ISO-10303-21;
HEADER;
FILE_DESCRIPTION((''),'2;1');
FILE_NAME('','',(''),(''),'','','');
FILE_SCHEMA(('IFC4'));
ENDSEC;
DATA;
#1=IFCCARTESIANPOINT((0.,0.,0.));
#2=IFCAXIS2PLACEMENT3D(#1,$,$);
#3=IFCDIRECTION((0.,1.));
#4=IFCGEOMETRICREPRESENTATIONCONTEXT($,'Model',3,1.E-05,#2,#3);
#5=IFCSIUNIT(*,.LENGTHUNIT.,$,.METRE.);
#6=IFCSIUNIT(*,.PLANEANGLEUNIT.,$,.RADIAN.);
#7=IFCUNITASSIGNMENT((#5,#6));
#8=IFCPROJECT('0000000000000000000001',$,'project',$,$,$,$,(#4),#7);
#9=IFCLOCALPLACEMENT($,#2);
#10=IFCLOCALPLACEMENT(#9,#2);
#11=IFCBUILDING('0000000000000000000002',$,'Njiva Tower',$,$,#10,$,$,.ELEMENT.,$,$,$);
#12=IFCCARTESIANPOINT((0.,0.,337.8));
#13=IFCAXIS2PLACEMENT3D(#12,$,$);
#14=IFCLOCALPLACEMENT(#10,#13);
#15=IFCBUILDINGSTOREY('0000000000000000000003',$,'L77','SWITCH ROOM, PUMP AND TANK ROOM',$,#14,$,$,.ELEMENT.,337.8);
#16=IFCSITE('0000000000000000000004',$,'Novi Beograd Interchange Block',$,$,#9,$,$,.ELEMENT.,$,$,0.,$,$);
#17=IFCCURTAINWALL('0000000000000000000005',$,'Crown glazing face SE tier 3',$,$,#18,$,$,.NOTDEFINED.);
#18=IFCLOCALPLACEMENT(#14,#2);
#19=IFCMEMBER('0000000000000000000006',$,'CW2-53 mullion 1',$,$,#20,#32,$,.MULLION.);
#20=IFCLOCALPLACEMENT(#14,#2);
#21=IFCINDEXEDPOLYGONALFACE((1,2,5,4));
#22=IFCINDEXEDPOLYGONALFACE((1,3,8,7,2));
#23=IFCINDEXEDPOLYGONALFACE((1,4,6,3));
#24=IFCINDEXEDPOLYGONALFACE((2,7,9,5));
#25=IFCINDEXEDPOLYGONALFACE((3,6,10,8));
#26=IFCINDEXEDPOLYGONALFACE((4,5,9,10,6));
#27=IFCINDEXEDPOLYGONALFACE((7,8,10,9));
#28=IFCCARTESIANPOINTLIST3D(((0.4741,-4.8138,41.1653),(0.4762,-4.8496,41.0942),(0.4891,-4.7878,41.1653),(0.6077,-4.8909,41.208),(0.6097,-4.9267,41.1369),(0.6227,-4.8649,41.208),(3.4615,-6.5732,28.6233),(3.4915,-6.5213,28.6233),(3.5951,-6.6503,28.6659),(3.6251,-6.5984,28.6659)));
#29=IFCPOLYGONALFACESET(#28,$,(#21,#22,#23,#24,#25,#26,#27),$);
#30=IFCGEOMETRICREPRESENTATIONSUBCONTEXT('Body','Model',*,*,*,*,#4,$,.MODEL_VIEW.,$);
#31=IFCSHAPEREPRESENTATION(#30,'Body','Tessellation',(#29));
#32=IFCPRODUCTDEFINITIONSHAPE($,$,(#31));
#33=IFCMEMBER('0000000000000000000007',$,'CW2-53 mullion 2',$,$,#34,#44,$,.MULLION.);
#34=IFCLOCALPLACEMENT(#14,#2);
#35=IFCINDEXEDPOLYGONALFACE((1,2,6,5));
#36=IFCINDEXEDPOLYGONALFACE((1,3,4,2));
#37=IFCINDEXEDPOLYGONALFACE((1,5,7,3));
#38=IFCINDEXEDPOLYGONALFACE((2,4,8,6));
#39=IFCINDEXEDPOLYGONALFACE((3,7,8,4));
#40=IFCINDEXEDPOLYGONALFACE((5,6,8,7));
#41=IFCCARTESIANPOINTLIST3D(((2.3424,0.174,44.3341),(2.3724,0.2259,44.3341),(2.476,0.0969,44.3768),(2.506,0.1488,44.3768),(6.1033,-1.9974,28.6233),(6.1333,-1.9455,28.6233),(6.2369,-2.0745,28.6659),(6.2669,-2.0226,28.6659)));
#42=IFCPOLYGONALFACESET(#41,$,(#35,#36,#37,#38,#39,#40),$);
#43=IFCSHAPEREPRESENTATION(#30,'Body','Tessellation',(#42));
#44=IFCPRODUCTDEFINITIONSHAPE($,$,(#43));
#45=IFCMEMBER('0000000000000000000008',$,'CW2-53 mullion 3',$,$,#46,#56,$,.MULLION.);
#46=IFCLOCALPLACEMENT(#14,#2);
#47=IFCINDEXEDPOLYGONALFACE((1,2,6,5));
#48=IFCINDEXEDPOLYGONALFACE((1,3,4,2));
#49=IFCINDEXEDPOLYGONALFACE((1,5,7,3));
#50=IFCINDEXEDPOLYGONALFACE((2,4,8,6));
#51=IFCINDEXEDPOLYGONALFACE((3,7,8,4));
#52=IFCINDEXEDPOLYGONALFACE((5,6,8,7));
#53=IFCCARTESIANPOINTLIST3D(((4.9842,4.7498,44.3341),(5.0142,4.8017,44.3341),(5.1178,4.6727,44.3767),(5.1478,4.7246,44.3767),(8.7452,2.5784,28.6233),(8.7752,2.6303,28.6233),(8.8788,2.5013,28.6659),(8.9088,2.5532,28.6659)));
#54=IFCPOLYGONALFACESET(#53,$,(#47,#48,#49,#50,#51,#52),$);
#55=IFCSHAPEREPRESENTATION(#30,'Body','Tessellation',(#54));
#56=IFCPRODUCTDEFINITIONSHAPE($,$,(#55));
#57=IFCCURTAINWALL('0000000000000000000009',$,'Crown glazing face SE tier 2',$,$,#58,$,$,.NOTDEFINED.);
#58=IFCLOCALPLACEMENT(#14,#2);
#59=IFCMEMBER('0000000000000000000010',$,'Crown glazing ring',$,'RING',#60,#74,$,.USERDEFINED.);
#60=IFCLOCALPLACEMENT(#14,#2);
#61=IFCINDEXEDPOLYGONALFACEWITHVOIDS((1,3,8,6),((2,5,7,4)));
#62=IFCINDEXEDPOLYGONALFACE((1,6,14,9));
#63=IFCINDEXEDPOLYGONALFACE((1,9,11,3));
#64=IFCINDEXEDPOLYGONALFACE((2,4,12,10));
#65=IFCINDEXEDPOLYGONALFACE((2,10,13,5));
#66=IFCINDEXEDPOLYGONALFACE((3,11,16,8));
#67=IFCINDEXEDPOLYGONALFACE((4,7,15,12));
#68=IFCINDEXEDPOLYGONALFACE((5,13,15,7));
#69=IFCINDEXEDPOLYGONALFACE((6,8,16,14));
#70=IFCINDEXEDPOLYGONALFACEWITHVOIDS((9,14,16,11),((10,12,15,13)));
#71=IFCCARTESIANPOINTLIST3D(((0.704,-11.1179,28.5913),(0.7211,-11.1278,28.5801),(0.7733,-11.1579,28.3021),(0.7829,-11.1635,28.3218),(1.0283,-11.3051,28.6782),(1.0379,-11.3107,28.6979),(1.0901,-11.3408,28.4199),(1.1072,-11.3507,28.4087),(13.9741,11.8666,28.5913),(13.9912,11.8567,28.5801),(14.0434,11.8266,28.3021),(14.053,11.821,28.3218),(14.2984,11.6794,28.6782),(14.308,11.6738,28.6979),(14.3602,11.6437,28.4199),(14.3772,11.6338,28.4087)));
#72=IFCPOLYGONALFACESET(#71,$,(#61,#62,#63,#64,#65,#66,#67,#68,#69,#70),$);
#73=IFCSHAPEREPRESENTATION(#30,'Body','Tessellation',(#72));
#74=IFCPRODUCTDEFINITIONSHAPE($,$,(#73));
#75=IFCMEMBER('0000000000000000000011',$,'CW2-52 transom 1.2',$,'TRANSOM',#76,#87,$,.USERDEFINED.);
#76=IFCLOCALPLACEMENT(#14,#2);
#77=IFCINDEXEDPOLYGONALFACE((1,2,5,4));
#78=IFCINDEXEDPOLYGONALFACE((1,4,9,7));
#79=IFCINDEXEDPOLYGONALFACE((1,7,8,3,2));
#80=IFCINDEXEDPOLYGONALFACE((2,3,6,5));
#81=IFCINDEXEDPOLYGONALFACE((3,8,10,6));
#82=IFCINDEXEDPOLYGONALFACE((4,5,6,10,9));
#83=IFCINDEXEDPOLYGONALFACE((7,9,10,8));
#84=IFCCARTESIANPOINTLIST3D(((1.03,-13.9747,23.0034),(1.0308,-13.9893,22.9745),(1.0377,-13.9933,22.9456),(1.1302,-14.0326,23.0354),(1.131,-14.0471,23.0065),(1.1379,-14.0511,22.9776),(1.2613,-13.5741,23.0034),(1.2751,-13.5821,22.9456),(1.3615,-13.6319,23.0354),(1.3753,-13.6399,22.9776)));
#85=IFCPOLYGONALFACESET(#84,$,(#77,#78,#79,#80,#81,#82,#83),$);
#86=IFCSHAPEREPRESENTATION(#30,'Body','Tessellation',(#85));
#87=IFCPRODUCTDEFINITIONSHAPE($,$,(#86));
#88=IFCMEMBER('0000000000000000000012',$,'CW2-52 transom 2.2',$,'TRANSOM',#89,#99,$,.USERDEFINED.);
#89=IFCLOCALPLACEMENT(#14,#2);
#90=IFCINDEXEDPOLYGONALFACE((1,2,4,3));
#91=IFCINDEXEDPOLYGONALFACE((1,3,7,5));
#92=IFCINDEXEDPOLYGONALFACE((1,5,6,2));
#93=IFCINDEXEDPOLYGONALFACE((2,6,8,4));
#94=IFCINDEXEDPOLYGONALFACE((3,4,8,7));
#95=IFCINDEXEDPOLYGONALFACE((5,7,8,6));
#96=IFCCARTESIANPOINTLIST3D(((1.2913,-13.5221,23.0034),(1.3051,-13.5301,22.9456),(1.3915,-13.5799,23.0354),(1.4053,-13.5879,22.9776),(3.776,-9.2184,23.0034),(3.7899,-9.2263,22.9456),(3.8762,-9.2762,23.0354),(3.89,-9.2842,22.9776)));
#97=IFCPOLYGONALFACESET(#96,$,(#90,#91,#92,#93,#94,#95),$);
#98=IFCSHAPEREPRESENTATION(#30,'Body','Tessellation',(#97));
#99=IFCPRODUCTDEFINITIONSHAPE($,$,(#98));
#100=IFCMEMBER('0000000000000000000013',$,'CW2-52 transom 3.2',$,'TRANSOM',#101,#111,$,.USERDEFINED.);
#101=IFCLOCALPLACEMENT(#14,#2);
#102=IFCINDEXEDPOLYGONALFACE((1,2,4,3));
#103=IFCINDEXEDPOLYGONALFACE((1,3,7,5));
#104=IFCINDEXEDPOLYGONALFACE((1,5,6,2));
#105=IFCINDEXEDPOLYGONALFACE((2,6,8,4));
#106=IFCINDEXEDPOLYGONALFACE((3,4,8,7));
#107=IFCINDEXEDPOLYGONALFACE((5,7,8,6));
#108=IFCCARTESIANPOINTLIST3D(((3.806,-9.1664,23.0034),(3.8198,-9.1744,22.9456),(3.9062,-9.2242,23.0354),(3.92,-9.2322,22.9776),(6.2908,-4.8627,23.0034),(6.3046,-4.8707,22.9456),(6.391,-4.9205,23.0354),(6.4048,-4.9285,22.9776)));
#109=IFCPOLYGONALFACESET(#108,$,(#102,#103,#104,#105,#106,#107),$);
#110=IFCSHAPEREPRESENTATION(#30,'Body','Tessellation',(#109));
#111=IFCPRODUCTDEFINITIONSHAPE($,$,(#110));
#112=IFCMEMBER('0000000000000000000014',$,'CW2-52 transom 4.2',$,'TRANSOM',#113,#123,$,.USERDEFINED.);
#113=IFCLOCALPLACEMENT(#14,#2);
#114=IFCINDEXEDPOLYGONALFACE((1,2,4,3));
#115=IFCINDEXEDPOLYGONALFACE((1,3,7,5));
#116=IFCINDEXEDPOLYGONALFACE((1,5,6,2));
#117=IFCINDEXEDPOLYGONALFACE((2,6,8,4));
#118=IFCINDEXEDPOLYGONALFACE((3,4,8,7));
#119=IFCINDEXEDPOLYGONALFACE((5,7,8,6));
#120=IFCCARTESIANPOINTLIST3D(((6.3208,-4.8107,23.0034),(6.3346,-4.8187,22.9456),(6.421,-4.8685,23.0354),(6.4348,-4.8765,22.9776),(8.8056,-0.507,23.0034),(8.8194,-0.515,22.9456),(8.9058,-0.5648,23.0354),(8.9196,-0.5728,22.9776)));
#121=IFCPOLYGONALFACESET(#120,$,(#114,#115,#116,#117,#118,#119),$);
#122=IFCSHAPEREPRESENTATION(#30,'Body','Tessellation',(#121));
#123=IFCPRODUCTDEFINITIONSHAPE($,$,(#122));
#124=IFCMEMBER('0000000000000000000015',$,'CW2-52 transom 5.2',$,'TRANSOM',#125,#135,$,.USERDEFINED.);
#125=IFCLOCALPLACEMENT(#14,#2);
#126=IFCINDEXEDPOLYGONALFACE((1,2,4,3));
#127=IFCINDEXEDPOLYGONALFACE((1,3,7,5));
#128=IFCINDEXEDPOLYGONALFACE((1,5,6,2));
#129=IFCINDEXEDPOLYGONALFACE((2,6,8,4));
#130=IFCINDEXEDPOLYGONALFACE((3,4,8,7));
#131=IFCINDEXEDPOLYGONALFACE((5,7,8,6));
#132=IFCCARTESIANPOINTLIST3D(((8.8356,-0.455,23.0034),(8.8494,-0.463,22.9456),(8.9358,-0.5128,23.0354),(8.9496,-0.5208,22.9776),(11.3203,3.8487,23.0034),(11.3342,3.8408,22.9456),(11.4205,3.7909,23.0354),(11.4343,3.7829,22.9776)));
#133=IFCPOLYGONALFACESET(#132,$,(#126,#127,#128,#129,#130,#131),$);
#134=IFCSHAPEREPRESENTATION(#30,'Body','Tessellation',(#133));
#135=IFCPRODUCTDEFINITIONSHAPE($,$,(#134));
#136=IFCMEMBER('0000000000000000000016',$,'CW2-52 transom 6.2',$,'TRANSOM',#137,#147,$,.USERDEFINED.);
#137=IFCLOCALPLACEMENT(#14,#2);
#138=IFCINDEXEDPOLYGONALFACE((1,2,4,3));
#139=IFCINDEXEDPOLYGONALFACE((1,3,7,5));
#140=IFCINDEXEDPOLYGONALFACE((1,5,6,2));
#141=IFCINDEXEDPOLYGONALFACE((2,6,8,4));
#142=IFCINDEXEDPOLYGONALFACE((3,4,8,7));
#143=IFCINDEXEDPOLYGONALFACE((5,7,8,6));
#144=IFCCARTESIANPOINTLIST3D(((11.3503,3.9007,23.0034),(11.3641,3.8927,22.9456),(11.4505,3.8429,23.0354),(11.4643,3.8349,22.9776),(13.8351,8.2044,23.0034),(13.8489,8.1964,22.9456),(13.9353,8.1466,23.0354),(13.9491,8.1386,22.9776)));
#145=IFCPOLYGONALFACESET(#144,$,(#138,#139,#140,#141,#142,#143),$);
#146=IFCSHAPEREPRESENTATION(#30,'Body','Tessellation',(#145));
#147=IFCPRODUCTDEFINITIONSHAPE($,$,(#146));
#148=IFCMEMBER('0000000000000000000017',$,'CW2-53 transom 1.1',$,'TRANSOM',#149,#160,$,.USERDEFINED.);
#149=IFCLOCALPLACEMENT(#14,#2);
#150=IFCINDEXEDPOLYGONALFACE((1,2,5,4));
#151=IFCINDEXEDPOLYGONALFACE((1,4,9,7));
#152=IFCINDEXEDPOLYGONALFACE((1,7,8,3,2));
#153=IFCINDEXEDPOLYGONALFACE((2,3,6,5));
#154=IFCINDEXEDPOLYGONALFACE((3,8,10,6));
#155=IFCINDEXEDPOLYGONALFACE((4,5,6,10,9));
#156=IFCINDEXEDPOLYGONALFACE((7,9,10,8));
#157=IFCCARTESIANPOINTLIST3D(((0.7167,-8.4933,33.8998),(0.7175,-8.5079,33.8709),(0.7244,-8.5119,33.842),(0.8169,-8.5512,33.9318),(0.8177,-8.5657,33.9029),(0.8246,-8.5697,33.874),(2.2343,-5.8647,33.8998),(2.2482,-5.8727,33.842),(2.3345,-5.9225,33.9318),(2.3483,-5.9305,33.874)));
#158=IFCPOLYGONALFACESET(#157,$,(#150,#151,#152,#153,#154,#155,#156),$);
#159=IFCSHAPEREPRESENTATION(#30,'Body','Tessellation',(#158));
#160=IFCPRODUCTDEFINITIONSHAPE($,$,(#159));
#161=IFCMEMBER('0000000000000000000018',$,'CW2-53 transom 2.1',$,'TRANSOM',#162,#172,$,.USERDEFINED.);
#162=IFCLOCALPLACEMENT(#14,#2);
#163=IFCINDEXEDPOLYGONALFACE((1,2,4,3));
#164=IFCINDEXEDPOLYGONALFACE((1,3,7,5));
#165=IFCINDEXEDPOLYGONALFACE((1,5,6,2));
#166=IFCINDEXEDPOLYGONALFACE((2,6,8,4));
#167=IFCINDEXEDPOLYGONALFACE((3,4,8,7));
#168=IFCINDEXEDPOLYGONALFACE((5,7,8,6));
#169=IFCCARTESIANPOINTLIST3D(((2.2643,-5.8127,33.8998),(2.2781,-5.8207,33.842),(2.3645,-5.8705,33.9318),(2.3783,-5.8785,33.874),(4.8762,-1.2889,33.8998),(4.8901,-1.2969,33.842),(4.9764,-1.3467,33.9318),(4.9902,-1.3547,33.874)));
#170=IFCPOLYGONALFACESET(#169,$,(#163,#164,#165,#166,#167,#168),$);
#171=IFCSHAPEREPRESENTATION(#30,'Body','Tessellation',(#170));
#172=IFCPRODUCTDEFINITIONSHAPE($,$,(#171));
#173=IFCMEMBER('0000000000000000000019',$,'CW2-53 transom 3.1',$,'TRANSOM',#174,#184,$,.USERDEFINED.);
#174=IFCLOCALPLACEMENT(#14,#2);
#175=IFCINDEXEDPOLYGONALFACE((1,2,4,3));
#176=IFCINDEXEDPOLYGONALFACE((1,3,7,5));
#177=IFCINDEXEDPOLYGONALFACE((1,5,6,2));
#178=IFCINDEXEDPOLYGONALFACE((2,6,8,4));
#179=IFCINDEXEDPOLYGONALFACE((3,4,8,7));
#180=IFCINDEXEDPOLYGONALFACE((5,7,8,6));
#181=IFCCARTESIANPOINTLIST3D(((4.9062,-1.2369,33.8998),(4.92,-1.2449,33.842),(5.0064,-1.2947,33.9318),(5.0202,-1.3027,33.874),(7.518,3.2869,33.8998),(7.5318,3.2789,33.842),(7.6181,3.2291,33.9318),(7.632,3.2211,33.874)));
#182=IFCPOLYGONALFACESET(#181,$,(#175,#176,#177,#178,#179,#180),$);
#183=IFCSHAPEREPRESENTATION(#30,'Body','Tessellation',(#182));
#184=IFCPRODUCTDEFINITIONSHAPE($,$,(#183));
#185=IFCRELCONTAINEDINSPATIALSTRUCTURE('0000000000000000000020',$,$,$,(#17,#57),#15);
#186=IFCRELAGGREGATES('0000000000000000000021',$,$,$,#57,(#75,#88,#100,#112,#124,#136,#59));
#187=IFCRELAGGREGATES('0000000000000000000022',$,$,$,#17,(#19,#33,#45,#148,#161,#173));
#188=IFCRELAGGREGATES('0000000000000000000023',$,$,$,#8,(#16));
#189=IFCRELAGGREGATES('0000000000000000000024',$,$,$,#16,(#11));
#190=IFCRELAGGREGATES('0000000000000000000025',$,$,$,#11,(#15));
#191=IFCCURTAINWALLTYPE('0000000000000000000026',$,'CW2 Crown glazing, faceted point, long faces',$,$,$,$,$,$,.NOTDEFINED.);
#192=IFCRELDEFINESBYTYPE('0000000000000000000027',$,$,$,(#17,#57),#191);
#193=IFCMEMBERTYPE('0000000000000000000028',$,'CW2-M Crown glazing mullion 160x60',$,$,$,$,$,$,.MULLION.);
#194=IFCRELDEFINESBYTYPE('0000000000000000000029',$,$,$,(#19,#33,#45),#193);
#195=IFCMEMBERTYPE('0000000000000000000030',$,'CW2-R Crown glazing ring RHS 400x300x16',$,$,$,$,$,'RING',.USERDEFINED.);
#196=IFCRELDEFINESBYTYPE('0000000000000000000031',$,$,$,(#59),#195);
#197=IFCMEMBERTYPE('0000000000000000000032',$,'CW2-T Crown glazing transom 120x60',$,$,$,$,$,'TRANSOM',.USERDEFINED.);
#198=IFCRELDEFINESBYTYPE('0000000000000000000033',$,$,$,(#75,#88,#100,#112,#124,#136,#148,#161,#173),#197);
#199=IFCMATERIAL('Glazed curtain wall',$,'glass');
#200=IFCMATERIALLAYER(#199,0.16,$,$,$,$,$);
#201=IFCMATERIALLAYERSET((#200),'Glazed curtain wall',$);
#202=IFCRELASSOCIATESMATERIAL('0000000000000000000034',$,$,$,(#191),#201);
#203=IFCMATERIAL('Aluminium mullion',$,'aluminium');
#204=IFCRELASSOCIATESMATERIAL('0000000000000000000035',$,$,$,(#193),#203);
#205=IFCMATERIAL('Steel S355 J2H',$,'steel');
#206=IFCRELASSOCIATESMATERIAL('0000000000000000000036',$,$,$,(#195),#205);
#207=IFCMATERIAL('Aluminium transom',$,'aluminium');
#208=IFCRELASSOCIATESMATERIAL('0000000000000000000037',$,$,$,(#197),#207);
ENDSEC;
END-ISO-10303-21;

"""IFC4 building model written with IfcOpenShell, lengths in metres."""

from ifc_helpers import new_model, si_unit, direction, frame, origin, origin_2d, place, context, subcontext, project, spatial, rectangle, hollow_rectangle, extrude, clip, halfspace, material, layer, layer_set, material_profile, profile_set, type_object, element, aggregate, save


model = new_model("IFC4")

# Units and contexts
model_context = context("Model", 3, precision=1e-05, world=origin(), true_north=direction((0.0, 1.0)))
body_context = subcontext(model_context, "Body", "Model", "MODEL_VIEW")
ifc_project = project(units=[si_unit("LENGTHUNIT", "METRE"), si_unit("PLANEANGLEUNIT", "RADIAN")], contexts=[model_context])

# Site, building, storey
site_placement = place(None, origin())
site = spatial("IfcSite", under=ifc_project, at=site_placement, Name="Novi Beograd Interchange Block", CompositionType="ELEMENT", RefElevation=0.0)
building_placement = place(site_placement, origin())
building = spatial("IfcBuilding", under=site, at=building_placement, Name="Njiva Tower", CompositionType="ELEMENT")
storey_placement = place(building_placement, frame((0.0, 0.0, 337.8)))
storey = spatial("IfcBuildingStorey", under=building, at=storey_placement, Name="L77", Description="SWITCH ROOM, PUMP AND TANK ROOM", CompositionType="ELEMENT", Elevation=337.8)

# Curtain walls, members
ifc_material_1 = material(Name="Glazed curtain wall", Category="glass")
ifc_layer_1 = layer(ifc_material_1, 0.16)
ifc_layer_set_1 = layer_set([ifc_layer_1], Name="Glazed curtain wall")
curtain_wall_type_1 = type_object("IfcCurtainWallType", Name="CW2 Crown glazing, faceted point, long faces", PredefinedType="NOTDEFINED", material=ifc_layer_set_1)
curtain_wall_1_placement = place(storey_placement, origin())
curtain_wall_1 = element("IfcCurtainWall", 1, at=curtain_wall_1_placement, inside=storey, type_object=curtain_wall_type_1, Name="Crown glazing face SE tier 3", PredefinedType="NOTDEFINED")
ifc_material_2 = material(Name="Aluminium mullion", Category="aluminium")
ifc_material_profile_1 = material_profile(ifc_material_2, rectangle(XDim=0.16, YDim=0.06, at=origin_2d()), Name="RECT 160x60")
ifc_profile_set_1 = profile_set([ifc_material_profile_1], Name="Aluminium mullion")
member_type_1 = type_object("IfcMemberType", Name="CW2-M Crown glazing mullion 160x60", PredefinedType="MULLION", material=ifc_profile_set_1)
member_1_placement = place(storey_placement, frame((3.5433, -6.5858, 28.6446), z_axis=(-0.230733, 0.133219, 0.963854), x_axis=(0.834715, -0.48194, 0.26643)))
member_1 = element("IfcMember", 2, at=member_1_placement, type_object=member_type_1, Name="CW2-53 mullion 1", PredefinedType="MULLION", context=body_context, shape_type="Clipping", body=[
    clip(clip(extrude(rectangle(XDim=0.16, YDim=0.06, at=origin_2d()), origin(), (0.0, 0.0, 1.0), 13.0124), halfspace(frame((0.08, 0.0, 0.0), z_axis=(-0.000002, 0.000004, -1.0), x_axis=(0.0, -1.0, -0.000004)), False)), halfspace(frame((0.08, 0.0, 13.0125), z_axis=(0.000015, -0.926534, 0.376211), x_axis=(0.0, 0.376211, 0.926534)), False)),
])
member_2_placement = place(storey_placement, frame((6.1851, -2.01, 28.6446), z_axis=(-0.230731, 0.133215, 0.963855), x_axis=(0.834719, -0.481935, 0.266426)))
member_2 = element("IfcMember", 3, at=member_2_placement, type_object=member_type_1, Name="CW2-53 mullion 2", PredefinedType="MULLION", context=body_context, shape_type="Clipping", body=[
    clip(clip(extrude(rectangle(XDim=0.16, YDim=0.06, at=origin_2d()), origin(), (0.0, 0.0, 1.0), 16.3), halfspace(frame((0.08, 0.0, 0.0), z_axis=(0.000002, 0.000002, -1.0), x_axis=(0.0, -1.0, -0.000002)), False)), halfspace(frame((0.08, 0.0, 16.3), z_axis=(-0.000002, -0.000002, 1.0), x_axis=(0.0, 1.0, 0.000002)), False)),
])
member_3_placement = place(storey_placement, frame((8.827, 2.5658, 28.6446), z_axis=(-0.230736, 0.133215, 0.963854), x_axis=(0.834723, -0.481925, 0.266431)))
member_3 = element("IfcMember", 4, at=member_3_placement, type_object=member_type_1, Name="CW2-53 mullion 3", PredefinedType="MULLION", context=body_context, shape_type="Clipping", body=[
    clip(clip(extrude(rectangle(XDim=0.16, YDim=0.06, at=origin_2d()), origin(), (0.0, 0.0, 1.0), 16.3), halfspace(frame((0.08, 0.0, 0.0), z_axis=(-0.000003, -0.000001, -1.0), x_axis=(0.0, -1.0, 0.000001)), False)), halfspace(frame((0.08, 0.0, 16.3), z_axis=(0.000003, 0.000001, 1.0), x_axis=(0.0, 1.0, -0.000001)), False)),
])
curtain_wall_2_placement = place(storey_placement, origin())
curtain_wall_2 = element("IfcCurtainWall", 5, at=curtain_wall_2_placement, inside=storey, type_object=curtain_wall_type_1, Name="Crown glazing face SE tier 2", PredefinedType="NOTDEFINED")
ifc_material_3 = material(Name="Steel S355 J2H", Category="steel")
ifc_material_profile_2 = material_profile(ifc_material_3, hollow_rectangle(XDim=0.3, YDim=0.4, WallThickness=0.016, at=origin_2d()), Name="BOX 400x300x16")
ifc_profile_set_2 = profile_set([ifc_material_profile_2], Name="Steel S355 J2H")
member_type_2 = type_object("IfcMemberType", Name="CW2-R Crown glazing ring RHS 400x300x16", ElementType="RING", PredefinedType="USERDEFINED", material=ifc_profile_set_2)
member_4_placement = place(storey_placement, frame((0.9056, -11.2343, 28.5), z_axis=(0.5, 0.866026, 0.0), x_axis=(-0.230734, 0.133214, 0.963855)))
member_4 = element("IfcMember", 6, at=member_4_placement, type_object=member_type_2, Name="Crown glazing ring", ObjectType="RING", PredefinedType="USERDEFINED", context=body_context, shape_type="SweptSolid", body=[
    extrude(hollow_rectangle(XDim=0.3, YDim=0.4, WallThickness=0.016, at=origin_2d()), origin(), (0.0, 0.0, 1.0), 26.5402),
])
ifc_material_4 = material(Name="Aluminium transom", Category="aluminium")
ifc_material_profile_3 = material_profile(ifc_material_4, rectangle(XDim=0.12, YDim=0.06, at=origin_2d()), Name="RECT 120x60")
ifc_profile_set_3 = profile_set([ifc_material_profile_3], Name="Aluminium transom")
member_type_3 = type_object("IfcMemberType", Name="CW2-T Crown glazing transom 120x60", ElementType="TRANSOM", PredefinedType="USERDEFINED", material=ifc_profile_set_3)
member_5_placement = place(storey_placement, frame((1.0809, -14.0182, 22.9905), z_axis=(0.49999, 0.866031, 0.0), x_axis=(0.834728, -0.481918, 0.266428)))
member_5 = element("IfcMember", 7, at=member_5_placement, type_object=member_type_3, Name="CW2-52 transom 1.2", ObjectType="TRANSOM", PredefinedType="USERDEFINED", context=body_context, shape_type="Clipping", body=[
    clip(extrude(rectangle(XDim=0.12, YDim=0.06, at=origin_2d()), origin(), (0.0, 0.0, 1.0), 0.4748), halfspace(frame((0.06, 0.0, 0.0), z_axis=(-0.00001, -0.376218, -0.926531), x_axis=(0.0, -0.926531, 0.376218)), False)),
])
member_6_placement = place(storey_placement, frame((1.3483, -13.555, 22.9905), z_axis=(0.499994, 0.866029, 0.0), x_axis=(0.834726, -0.481921, 0.266428)))
member_6 = element("IfcMember", 8, at=member_6_placement, type_object=member_type_3, Name="CW2-52 transom 2.2", ObjectType="TRANSOM", PredefinedType="USERDEFINED", context=body_context, shape_type="SweptSolid", body=[
    extrude(rectangle(XDim=0.12, YDim=0.06, at=origin_2d()), origin(), (0.0, 0.0, 1.0), 4.9695),
])
member_7_placement = place(storey_placement, frame((3.863, -9.1993, 22.9905), z_axis=(0.500009, 0.86602, 0.0), x_axis=(0.834718, -0.481936, 0.266428)))
member_7 = element("IfcMember", 9, at=member_7_placement, type_object=member_type_3, Name="CW2-52 transom 3.2", ObjectType="TRANSOM", PredefinedType="USERDEFINED", context=body_context, shape_type="SweptSolid", body=[
    extrude(rectangle(XDim=0.12, YDim=0.06, at=origin_2d()), origin(), (0.0, 0.0, 1.0), 4.9695),
])
member_8_placement = place(storey_placement, frame((6.3778, -4.8436, 22.9905), z_axis=(0.500009, 0.86602, 0.0), x_axis=(0.834718, -0.481936, 0.266428)))
member_8 = element("IfcMember", 10, at=member_8_placement, type_object=member_type_3, Name="CW2-52 transom 4.2", ObjectType="TRANSOM", PredefinedType="USERDEFINED", context=body_context, shape_type="SweptSolid", body=[
    extrude(rectangle(XDim=0.12, YDim=0.06, at=origin_2d()), origin(), (0.0, 0.0, 1.0), 4.9695),
])
member_9_placement = place(storey_placement, frame((8.8926, -0.4879, 22.9905), z_axis=(0.499994, 0.866029, 0.0), x_axis=(0.834726, -0.481921, 0.266428)))
member_9 = element("IfcMember", 11, at=member_9_placement, type_object=member_type_3, Name="CW2-52 transom 5.2", ObjectType="TRANSOM", PredefinedType="USERDEFINED", context=body_context, shape_type="SweptSolid", body=[
    extrude(rectangle(XDim=0.12, YDim=0.06, at=origin_2d()), origin(), (0.0, 0.0, 1.0), 4.9695),
])
member_10_placement = place(storey_placement, frame((11.4073, 3.8678, 22.9905), z_axis=(0.500009, 0.86602, 0.0), x_axis=(0.834718, -0.481936, 0.266428)))
member_10 = element("IfcMember", 12, at=member_10_placement, type_object=member_type_3, Name="CW2-52 transom 6.2", ObjectType="TRANSOM", PredefinedType="USERDEFINED", context=body_context, shape_type="SweptSolid", body=[
    extrude(rectangle(XDim=0.12, YDim=0.06, at=origin_2d()), origin(), (0.0, 0.0, 1.0), 4.9695),
])

# Members
member_11_placement = place(storey_placement, frame((0.7676, -8.5368, 33.8869), z_axis=(0.499989, 0.866031, 0.0), x_axis=(0.834729, -0.481917, 0.266428)))
member_11 = element("IfcMember", 13, at=member_11_placement, type_object=member_type_3, Name="CW2-53 transom 1.1", ObjectType="TRANSOM", PredefinedType="USERDEFINED", context=body_context, shape_type="Clipping", body=[
    clip(extrude(rectangle(XDim=0.12, YDim=0.06, at=origin_2d()), origin(), (0.0, 0.0, 1.0), 3.0475), halfspace(frame((0.06, 0.0, 0.0), z_axis=(-0.000011, -0.376218, -0.926531), x_axis=(0.0, -0.926531, 0.376218)), False)),
])
member_12_placement = place(storey_placement, frame((2.3213, -5.8456, 33.8869), z_axis=(0.500012, 0.866019, 0.0), x_axis=(0.834716, -0.481939, 0.266428)))
member_12 = element("IfcMember", 14, at=member_12_placement, type_object=member_type_3, Name="CW2-53 transom 2.1", ObjectType="TRANSOM", PredefinedType="USERDEFINED", context=body_context, shape_type="SweptSolid", body=[
    extrude(rectangle(XDim=0.12, YDim=0.06, at=origin_2d()), origin(), (0.0, 0.0, 1.0), 5.2237),
])
member_13_placement = place(storey_placement, frame((4.9632, -1.2698, 33.8869), z_axis=(0.499998, 0.866027, 0.0), x_axis=(0.834724, -0.481925, 0.266428)))
member_13 = element("IfcMember", 15, at=member_13_placement, type_object=member_type_3, Name="CW2-53 transom 3.1", ObjectType="TRANSOM", PredefinedType="USERDEFINED", context=body_context, shape_type="SweptSolid", body=[
    extrude(rectangle(XDim=0.12, YDim=0.06, at=origin_2d()), origin(), (0.0, 0.0, 1.0), 5.2236),
])

aggregate(curtain_wall_2, [member_5, member_6, member_7, member_8, member_9, member_10, member_4])
aggregate(curtain_wall_1, [member_1, member_2, member_3, member_11, member_12, member_13])

save(model, "model.ifc")
